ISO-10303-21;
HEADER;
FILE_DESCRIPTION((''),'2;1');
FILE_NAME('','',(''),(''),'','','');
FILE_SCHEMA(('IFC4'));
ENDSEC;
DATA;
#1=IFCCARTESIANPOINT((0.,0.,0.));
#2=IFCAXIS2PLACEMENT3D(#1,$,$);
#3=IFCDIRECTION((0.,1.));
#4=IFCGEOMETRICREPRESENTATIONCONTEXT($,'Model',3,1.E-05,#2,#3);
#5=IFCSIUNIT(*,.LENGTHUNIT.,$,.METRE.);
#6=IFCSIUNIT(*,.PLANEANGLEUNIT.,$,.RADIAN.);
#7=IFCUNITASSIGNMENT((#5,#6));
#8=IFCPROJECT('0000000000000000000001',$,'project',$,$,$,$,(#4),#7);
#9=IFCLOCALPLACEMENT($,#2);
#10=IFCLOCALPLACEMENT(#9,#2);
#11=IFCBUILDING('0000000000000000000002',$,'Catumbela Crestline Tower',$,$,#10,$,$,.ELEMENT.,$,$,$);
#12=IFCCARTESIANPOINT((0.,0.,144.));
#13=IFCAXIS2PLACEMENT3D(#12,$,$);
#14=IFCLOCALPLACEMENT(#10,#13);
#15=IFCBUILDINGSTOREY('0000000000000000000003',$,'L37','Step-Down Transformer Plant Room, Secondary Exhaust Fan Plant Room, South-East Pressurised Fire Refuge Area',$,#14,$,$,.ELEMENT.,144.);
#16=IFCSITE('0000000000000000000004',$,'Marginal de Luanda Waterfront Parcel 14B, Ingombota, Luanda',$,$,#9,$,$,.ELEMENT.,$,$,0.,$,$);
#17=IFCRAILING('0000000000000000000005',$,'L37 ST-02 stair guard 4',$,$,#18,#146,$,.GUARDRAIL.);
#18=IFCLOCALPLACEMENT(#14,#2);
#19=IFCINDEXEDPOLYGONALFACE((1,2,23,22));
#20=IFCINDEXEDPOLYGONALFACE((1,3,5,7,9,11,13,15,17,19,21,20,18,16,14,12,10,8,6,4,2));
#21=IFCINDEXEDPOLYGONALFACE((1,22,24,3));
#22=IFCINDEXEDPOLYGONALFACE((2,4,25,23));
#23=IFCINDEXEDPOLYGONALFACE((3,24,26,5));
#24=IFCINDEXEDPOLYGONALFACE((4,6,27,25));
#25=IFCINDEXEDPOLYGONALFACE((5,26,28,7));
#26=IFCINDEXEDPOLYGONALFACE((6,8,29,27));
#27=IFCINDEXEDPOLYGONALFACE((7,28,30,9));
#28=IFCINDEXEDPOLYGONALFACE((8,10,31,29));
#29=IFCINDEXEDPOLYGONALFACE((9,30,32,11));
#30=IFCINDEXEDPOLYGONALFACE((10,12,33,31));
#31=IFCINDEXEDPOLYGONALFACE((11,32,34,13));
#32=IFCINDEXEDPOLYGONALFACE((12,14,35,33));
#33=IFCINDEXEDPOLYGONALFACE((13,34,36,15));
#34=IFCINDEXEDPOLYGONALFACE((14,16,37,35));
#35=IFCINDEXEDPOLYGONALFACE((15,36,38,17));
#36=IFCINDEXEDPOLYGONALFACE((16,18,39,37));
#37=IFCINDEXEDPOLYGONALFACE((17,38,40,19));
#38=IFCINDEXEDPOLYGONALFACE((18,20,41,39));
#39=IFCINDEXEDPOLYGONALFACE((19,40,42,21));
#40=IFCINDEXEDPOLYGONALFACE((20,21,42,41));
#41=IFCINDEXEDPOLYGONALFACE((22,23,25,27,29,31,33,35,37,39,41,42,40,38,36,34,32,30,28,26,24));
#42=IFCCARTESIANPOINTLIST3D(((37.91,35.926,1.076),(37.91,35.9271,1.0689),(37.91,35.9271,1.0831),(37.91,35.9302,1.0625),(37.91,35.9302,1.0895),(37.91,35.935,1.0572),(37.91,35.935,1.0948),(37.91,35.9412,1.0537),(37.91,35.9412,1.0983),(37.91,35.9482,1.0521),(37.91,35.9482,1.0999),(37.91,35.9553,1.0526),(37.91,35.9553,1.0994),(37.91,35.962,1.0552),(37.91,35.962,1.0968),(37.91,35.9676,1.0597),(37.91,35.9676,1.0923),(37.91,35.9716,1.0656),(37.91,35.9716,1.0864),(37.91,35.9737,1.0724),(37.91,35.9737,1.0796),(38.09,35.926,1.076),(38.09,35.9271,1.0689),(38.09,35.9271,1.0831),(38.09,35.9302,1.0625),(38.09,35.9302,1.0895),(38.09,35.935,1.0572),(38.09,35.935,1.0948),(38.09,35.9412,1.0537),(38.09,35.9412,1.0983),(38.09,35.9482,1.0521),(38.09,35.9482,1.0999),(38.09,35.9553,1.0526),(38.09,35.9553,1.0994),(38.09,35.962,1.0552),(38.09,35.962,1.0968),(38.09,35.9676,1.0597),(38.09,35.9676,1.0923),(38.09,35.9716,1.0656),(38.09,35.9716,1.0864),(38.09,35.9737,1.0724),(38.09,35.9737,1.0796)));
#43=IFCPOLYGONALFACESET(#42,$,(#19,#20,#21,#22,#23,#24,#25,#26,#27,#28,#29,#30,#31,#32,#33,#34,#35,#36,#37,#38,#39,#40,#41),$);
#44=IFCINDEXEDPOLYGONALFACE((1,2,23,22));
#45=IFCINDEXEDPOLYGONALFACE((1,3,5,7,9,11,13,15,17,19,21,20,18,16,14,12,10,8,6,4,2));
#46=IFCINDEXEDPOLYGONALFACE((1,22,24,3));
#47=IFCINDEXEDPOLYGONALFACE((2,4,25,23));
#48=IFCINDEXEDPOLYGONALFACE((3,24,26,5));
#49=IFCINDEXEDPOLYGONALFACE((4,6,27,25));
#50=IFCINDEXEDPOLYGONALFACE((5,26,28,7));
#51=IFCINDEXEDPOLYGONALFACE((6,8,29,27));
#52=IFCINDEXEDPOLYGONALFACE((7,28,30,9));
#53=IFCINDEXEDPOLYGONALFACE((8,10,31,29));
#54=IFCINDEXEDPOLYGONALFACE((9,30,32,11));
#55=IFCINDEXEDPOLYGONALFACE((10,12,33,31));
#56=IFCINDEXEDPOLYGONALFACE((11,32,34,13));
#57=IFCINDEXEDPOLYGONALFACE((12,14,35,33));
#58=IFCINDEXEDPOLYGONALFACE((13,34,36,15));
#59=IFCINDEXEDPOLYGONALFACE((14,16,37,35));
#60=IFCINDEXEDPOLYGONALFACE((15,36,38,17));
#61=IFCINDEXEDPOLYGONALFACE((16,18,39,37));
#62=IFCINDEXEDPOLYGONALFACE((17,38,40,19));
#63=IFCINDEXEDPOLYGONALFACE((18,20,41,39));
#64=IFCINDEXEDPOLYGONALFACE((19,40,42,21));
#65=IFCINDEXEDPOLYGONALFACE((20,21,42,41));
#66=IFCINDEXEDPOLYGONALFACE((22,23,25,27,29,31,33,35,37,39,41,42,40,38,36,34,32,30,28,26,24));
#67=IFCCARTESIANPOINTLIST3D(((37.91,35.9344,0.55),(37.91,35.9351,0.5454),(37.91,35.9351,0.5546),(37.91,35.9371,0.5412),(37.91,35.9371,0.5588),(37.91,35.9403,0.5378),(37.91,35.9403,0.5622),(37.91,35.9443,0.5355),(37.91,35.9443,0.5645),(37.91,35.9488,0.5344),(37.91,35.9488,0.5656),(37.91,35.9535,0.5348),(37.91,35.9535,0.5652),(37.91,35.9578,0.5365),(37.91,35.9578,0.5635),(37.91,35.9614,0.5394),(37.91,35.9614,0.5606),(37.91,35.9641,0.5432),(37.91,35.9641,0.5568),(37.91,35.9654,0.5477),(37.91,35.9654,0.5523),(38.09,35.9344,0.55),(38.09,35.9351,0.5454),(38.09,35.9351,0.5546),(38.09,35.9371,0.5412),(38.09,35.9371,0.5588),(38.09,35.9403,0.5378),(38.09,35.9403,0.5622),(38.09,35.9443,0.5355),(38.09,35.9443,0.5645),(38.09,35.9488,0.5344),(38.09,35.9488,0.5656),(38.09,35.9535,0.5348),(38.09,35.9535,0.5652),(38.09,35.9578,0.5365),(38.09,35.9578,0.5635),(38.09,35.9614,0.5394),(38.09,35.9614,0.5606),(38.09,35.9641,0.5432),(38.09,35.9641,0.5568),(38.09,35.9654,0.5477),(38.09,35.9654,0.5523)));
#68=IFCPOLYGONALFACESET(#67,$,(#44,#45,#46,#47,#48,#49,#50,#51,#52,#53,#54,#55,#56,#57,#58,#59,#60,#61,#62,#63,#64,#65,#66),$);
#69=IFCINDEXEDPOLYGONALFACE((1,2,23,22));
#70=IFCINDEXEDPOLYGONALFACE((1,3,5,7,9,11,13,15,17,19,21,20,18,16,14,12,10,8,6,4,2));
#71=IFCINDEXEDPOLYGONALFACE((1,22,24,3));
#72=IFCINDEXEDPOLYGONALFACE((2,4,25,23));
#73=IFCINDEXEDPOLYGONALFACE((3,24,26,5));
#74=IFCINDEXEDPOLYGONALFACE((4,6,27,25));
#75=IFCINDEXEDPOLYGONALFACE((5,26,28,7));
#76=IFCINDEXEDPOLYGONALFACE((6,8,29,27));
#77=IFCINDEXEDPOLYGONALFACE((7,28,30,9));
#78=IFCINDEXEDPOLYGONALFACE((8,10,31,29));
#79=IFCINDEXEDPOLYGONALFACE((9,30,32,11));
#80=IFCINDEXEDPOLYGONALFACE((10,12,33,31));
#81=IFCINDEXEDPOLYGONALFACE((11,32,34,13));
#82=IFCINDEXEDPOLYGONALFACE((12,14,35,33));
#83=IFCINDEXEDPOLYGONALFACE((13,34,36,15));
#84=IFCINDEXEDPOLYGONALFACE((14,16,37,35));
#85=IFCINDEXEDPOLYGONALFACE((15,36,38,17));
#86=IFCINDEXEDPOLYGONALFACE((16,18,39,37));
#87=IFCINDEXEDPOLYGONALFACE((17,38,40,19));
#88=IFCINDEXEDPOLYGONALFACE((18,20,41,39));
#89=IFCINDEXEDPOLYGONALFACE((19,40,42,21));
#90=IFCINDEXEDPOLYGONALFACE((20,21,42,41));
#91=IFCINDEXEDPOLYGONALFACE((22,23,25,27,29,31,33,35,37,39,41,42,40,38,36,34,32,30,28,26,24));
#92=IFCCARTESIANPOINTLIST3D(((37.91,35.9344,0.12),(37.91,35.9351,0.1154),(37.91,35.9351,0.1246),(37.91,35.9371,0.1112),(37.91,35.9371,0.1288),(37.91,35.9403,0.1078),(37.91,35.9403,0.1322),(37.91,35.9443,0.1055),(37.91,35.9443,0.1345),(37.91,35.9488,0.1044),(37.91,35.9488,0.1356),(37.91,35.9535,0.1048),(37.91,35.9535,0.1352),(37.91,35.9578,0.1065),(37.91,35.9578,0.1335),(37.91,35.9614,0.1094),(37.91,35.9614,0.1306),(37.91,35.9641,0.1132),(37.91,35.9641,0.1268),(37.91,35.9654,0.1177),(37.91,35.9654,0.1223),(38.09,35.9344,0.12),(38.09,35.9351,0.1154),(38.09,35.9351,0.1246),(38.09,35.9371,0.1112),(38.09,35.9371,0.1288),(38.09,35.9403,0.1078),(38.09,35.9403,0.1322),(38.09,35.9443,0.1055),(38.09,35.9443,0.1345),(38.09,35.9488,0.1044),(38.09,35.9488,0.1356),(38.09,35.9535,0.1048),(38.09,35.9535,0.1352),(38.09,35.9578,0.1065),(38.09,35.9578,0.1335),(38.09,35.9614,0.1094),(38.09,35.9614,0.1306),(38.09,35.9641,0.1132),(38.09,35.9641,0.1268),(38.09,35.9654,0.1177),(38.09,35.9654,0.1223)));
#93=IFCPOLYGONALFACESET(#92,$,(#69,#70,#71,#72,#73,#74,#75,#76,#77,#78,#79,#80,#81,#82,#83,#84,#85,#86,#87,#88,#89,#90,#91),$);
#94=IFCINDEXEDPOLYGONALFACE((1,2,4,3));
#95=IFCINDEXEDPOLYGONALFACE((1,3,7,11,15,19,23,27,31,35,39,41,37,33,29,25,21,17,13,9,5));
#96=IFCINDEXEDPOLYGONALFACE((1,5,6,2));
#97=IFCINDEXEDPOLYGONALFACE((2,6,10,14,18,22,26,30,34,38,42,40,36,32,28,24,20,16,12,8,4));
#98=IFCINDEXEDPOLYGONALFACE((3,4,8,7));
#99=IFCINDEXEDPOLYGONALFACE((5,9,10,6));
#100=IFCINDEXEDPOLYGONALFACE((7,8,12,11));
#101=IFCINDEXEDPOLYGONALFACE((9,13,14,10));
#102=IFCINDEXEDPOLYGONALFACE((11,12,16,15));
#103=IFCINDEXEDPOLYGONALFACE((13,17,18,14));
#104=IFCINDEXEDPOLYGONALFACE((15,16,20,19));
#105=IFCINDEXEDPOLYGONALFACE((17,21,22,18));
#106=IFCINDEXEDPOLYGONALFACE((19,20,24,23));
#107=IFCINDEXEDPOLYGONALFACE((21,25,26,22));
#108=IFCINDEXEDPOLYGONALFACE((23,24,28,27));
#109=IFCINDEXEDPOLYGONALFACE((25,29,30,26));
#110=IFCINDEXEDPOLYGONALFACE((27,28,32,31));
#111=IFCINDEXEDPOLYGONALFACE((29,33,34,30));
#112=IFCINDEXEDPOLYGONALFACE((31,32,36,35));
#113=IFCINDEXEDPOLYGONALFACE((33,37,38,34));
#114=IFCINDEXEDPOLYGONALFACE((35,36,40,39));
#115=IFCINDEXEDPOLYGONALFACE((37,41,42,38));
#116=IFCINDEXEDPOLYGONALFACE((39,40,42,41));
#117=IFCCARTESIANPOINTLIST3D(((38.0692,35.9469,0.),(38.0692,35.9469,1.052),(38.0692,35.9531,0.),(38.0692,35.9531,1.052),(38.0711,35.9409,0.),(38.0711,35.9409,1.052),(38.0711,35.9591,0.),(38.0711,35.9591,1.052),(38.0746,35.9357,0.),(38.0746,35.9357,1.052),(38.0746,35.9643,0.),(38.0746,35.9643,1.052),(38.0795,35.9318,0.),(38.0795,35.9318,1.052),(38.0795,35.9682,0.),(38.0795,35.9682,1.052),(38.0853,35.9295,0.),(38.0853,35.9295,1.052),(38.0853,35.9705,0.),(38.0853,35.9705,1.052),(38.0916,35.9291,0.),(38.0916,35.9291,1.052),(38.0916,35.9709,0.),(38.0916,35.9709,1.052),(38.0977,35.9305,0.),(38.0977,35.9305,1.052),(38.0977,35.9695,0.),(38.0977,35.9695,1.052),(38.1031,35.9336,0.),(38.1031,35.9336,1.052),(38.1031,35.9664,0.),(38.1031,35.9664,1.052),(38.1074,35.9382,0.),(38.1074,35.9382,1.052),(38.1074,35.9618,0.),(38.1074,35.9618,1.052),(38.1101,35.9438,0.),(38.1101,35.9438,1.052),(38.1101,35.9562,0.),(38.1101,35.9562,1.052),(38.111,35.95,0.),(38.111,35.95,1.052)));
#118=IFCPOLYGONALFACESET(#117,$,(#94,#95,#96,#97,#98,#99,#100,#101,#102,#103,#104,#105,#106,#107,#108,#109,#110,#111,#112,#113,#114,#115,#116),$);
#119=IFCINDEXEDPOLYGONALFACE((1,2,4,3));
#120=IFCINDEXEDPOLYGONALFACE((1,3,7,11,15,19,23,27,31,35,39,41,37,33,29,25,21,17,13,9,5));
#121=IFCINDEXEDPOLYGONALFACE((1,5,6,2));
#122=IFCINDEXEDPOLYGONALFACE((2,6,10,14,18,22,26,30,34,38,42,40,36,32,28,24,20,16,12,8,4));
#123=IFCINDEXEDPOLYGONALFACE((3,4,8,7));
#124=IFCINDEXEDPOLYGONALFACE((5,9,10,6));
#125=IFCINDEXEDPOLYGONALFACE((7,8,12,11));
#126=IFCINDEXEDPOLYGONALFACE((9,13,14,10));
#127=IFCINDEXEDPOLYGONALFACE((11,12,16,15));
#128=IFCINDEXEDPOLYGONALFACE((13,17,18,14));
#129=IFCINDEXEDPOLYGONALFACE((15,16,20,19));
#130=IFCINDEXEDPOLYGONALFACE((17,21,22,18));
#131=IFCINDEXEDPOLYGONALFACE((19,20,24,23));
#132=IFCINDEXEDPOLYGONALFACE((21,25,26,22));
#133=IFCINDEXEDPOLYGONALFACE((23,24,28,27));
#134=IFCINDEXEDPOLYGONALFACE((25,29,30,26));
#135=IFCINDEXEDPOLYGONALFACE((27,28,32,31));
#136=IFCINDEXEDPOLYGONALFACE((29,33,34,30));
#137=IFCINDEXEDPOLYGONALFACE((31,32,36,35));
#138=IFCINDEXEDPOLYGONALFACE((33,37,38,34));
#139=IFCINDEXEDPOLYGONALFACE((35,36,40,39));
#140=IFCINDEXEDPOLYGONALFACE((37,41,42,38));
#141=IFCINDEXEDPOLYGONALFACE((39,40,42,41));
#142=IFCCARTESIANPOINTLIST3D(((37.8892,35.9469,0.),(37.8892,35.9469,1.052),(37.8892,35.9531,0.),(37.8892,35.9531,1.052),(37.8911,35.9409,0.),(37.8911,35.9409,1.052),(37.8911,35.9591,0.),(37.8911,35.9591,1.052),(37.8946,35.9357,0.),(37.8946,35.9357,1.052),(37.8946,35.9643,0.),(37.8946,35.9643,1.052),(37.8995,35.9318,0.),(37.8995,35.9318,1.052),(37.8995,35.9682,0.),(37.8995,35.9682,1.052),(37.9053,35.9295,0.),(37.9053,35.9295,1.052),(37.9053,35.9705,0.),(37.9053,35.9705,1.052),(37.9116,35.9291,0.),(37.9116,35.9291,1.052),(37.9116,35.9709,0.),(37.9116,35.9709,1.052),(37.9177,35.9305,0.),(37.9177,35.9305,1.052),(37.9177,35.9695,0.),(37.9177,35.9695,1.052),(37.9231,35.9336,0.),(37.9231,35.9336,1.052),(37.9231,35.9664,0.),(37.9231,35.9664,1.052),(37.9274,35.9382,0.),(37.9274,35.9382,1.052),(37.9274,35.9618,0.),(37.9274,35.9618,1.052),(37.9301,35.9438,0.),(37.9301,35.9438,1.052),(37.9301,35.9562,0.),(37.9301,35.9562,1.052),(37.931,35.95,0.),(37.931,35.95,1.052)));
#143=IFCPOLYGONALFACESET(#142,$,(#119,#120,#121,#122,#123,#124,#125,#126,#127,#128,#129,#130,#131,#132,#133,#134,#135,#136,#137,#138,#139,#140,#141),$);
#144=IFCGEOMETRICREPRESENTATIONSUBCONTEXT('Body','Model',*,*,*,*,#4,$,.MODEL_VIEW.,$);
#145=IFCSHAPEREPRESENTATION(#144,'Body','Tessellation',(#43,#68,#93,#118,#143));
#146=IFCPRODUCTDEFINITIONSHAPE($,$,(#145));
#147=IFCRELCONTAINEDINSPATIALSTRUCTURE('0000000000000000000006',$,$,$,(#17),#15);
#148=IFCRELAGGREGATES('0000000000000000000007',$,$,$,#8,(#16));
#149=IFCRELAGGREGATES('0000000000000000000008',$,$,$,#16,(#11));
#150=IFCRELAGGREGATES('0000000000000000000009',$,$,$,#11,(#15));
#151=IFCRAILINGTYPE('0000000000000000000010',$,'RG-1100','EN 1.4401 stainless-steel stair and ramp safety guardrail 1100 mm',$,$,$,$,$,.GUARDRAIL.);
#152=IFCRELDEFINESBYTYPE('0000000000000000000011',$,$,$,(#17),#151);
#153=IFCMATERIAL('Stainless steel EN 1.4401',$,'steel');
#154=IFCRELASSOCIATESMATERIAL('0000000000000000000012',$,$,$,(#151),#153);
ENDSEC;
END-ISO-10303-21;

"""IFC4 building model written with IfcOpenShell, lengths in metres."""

from ifc_helpers import new_model, si_unit, direction, frame, origin, origin_2d, place, context, subcontext, project, spatial, circle, extrude, material, type_object, element, save


model = new_model("IFC4")

# Units and contexts
model_context = context("Model", 3, precision=1e-05, world=origin(), true_north=direction((0.0, 1.0)))
body_context = subcontext(model_context, "Body", "Model", "MODEL_VIEW")
ifc_project = project(units=[si_unit("LENGTHUNIT", "METRE"), si_unit("PLANEANGLEUNIT", "RADIAN")], contexts=[model_context])

# Site, building, storey
site_placement = place(None, origin())
site = spatial("IfcSite", under=ifc_project, at=site_placement, Name="Marginal de Luanda Waterfront Parcel 14B, Ingombota, Luanda", CompositionType="ELEMENT", RefElevation=0.0)
building_placement = place(site_placement, origin())
building = spatial("IfcBuilding", under=site, at=building_placement, Name="Catumbela Crestline Tower", CompositionType="ELEMENT")
storey_placement = place(building_placement, frame((0.0, 0.0, 144.0)))
storey = spatial("IfcBuildingStorey", under=building, at=storey_placement, Name="L37", Description="Step-Down Transformer Plant Room, Secondary Exhaust Fan Plant Room, South-East Pressurised Fire Refuge Area", CompositionType="ELEMENT", Elevation=144.0)

# Railing
ifc_material_1 = material(Name="Stainless steel EN 1.4401", Category="steel")
railing_type_1 = type_object("IfcRailingType", Name="RG-1100", Description="EN 1.4401 stainless-steel stair and ramp safety guardrail 1100 mm", PredefinedType="GUARDRAIL", material=ifc_material_1)
railing_1_placement = place(storey_placement, frame((38.09, 35.95, 0.0)))
element("IfcRailing", 1, at=railing_1_placement, inside=storey, type_object=railing_type_1, Name="L37 ST-02 stair guard 4", PredefinedType="GUARDRAIL", context=body_context, shape_type="SweptSolid", body=[
    extrude(circle(Radius=0.024, at=origin_2d()), frame((0.0, 0.0, 1.076), z_axis=(-1.0, 0.0, 0.0), x_axis=(0.0, -1.0, 0.0)), (0.0, 0.0, 1.0), 0.18),
    extrude(circle(Radius=0.0156, at=origin_2d()), frame((0.0, 0.0, 0.55), z_axis=(-1.0, 0.0, 0.0), x_axis=(0.0, -1.0, 0.0)), (0.0, 0.0, 1.0), 0.18),
    extrude(circle(Radius=0.0156, at=origin_2d()), frame((0.0, 0.0, 0.12), z_axis=(-1.0, 0.0, 0.0), x_axis=(0.0, -1.0, 0.0)), (0.0, 0.0, 1.0), 0.18),
    extrude(circle(Radius=0.021, at=origin_2d()), origin(), (0.0, 0.0, 1.0), 1.052),
    extrude(circle(Radius=0.021, at=origin_2d()), frame((-0.18, 0.0, 0.0)), (0.0, 0.0, 1.0), 1.052),
])

save(model, "model.ifc")
